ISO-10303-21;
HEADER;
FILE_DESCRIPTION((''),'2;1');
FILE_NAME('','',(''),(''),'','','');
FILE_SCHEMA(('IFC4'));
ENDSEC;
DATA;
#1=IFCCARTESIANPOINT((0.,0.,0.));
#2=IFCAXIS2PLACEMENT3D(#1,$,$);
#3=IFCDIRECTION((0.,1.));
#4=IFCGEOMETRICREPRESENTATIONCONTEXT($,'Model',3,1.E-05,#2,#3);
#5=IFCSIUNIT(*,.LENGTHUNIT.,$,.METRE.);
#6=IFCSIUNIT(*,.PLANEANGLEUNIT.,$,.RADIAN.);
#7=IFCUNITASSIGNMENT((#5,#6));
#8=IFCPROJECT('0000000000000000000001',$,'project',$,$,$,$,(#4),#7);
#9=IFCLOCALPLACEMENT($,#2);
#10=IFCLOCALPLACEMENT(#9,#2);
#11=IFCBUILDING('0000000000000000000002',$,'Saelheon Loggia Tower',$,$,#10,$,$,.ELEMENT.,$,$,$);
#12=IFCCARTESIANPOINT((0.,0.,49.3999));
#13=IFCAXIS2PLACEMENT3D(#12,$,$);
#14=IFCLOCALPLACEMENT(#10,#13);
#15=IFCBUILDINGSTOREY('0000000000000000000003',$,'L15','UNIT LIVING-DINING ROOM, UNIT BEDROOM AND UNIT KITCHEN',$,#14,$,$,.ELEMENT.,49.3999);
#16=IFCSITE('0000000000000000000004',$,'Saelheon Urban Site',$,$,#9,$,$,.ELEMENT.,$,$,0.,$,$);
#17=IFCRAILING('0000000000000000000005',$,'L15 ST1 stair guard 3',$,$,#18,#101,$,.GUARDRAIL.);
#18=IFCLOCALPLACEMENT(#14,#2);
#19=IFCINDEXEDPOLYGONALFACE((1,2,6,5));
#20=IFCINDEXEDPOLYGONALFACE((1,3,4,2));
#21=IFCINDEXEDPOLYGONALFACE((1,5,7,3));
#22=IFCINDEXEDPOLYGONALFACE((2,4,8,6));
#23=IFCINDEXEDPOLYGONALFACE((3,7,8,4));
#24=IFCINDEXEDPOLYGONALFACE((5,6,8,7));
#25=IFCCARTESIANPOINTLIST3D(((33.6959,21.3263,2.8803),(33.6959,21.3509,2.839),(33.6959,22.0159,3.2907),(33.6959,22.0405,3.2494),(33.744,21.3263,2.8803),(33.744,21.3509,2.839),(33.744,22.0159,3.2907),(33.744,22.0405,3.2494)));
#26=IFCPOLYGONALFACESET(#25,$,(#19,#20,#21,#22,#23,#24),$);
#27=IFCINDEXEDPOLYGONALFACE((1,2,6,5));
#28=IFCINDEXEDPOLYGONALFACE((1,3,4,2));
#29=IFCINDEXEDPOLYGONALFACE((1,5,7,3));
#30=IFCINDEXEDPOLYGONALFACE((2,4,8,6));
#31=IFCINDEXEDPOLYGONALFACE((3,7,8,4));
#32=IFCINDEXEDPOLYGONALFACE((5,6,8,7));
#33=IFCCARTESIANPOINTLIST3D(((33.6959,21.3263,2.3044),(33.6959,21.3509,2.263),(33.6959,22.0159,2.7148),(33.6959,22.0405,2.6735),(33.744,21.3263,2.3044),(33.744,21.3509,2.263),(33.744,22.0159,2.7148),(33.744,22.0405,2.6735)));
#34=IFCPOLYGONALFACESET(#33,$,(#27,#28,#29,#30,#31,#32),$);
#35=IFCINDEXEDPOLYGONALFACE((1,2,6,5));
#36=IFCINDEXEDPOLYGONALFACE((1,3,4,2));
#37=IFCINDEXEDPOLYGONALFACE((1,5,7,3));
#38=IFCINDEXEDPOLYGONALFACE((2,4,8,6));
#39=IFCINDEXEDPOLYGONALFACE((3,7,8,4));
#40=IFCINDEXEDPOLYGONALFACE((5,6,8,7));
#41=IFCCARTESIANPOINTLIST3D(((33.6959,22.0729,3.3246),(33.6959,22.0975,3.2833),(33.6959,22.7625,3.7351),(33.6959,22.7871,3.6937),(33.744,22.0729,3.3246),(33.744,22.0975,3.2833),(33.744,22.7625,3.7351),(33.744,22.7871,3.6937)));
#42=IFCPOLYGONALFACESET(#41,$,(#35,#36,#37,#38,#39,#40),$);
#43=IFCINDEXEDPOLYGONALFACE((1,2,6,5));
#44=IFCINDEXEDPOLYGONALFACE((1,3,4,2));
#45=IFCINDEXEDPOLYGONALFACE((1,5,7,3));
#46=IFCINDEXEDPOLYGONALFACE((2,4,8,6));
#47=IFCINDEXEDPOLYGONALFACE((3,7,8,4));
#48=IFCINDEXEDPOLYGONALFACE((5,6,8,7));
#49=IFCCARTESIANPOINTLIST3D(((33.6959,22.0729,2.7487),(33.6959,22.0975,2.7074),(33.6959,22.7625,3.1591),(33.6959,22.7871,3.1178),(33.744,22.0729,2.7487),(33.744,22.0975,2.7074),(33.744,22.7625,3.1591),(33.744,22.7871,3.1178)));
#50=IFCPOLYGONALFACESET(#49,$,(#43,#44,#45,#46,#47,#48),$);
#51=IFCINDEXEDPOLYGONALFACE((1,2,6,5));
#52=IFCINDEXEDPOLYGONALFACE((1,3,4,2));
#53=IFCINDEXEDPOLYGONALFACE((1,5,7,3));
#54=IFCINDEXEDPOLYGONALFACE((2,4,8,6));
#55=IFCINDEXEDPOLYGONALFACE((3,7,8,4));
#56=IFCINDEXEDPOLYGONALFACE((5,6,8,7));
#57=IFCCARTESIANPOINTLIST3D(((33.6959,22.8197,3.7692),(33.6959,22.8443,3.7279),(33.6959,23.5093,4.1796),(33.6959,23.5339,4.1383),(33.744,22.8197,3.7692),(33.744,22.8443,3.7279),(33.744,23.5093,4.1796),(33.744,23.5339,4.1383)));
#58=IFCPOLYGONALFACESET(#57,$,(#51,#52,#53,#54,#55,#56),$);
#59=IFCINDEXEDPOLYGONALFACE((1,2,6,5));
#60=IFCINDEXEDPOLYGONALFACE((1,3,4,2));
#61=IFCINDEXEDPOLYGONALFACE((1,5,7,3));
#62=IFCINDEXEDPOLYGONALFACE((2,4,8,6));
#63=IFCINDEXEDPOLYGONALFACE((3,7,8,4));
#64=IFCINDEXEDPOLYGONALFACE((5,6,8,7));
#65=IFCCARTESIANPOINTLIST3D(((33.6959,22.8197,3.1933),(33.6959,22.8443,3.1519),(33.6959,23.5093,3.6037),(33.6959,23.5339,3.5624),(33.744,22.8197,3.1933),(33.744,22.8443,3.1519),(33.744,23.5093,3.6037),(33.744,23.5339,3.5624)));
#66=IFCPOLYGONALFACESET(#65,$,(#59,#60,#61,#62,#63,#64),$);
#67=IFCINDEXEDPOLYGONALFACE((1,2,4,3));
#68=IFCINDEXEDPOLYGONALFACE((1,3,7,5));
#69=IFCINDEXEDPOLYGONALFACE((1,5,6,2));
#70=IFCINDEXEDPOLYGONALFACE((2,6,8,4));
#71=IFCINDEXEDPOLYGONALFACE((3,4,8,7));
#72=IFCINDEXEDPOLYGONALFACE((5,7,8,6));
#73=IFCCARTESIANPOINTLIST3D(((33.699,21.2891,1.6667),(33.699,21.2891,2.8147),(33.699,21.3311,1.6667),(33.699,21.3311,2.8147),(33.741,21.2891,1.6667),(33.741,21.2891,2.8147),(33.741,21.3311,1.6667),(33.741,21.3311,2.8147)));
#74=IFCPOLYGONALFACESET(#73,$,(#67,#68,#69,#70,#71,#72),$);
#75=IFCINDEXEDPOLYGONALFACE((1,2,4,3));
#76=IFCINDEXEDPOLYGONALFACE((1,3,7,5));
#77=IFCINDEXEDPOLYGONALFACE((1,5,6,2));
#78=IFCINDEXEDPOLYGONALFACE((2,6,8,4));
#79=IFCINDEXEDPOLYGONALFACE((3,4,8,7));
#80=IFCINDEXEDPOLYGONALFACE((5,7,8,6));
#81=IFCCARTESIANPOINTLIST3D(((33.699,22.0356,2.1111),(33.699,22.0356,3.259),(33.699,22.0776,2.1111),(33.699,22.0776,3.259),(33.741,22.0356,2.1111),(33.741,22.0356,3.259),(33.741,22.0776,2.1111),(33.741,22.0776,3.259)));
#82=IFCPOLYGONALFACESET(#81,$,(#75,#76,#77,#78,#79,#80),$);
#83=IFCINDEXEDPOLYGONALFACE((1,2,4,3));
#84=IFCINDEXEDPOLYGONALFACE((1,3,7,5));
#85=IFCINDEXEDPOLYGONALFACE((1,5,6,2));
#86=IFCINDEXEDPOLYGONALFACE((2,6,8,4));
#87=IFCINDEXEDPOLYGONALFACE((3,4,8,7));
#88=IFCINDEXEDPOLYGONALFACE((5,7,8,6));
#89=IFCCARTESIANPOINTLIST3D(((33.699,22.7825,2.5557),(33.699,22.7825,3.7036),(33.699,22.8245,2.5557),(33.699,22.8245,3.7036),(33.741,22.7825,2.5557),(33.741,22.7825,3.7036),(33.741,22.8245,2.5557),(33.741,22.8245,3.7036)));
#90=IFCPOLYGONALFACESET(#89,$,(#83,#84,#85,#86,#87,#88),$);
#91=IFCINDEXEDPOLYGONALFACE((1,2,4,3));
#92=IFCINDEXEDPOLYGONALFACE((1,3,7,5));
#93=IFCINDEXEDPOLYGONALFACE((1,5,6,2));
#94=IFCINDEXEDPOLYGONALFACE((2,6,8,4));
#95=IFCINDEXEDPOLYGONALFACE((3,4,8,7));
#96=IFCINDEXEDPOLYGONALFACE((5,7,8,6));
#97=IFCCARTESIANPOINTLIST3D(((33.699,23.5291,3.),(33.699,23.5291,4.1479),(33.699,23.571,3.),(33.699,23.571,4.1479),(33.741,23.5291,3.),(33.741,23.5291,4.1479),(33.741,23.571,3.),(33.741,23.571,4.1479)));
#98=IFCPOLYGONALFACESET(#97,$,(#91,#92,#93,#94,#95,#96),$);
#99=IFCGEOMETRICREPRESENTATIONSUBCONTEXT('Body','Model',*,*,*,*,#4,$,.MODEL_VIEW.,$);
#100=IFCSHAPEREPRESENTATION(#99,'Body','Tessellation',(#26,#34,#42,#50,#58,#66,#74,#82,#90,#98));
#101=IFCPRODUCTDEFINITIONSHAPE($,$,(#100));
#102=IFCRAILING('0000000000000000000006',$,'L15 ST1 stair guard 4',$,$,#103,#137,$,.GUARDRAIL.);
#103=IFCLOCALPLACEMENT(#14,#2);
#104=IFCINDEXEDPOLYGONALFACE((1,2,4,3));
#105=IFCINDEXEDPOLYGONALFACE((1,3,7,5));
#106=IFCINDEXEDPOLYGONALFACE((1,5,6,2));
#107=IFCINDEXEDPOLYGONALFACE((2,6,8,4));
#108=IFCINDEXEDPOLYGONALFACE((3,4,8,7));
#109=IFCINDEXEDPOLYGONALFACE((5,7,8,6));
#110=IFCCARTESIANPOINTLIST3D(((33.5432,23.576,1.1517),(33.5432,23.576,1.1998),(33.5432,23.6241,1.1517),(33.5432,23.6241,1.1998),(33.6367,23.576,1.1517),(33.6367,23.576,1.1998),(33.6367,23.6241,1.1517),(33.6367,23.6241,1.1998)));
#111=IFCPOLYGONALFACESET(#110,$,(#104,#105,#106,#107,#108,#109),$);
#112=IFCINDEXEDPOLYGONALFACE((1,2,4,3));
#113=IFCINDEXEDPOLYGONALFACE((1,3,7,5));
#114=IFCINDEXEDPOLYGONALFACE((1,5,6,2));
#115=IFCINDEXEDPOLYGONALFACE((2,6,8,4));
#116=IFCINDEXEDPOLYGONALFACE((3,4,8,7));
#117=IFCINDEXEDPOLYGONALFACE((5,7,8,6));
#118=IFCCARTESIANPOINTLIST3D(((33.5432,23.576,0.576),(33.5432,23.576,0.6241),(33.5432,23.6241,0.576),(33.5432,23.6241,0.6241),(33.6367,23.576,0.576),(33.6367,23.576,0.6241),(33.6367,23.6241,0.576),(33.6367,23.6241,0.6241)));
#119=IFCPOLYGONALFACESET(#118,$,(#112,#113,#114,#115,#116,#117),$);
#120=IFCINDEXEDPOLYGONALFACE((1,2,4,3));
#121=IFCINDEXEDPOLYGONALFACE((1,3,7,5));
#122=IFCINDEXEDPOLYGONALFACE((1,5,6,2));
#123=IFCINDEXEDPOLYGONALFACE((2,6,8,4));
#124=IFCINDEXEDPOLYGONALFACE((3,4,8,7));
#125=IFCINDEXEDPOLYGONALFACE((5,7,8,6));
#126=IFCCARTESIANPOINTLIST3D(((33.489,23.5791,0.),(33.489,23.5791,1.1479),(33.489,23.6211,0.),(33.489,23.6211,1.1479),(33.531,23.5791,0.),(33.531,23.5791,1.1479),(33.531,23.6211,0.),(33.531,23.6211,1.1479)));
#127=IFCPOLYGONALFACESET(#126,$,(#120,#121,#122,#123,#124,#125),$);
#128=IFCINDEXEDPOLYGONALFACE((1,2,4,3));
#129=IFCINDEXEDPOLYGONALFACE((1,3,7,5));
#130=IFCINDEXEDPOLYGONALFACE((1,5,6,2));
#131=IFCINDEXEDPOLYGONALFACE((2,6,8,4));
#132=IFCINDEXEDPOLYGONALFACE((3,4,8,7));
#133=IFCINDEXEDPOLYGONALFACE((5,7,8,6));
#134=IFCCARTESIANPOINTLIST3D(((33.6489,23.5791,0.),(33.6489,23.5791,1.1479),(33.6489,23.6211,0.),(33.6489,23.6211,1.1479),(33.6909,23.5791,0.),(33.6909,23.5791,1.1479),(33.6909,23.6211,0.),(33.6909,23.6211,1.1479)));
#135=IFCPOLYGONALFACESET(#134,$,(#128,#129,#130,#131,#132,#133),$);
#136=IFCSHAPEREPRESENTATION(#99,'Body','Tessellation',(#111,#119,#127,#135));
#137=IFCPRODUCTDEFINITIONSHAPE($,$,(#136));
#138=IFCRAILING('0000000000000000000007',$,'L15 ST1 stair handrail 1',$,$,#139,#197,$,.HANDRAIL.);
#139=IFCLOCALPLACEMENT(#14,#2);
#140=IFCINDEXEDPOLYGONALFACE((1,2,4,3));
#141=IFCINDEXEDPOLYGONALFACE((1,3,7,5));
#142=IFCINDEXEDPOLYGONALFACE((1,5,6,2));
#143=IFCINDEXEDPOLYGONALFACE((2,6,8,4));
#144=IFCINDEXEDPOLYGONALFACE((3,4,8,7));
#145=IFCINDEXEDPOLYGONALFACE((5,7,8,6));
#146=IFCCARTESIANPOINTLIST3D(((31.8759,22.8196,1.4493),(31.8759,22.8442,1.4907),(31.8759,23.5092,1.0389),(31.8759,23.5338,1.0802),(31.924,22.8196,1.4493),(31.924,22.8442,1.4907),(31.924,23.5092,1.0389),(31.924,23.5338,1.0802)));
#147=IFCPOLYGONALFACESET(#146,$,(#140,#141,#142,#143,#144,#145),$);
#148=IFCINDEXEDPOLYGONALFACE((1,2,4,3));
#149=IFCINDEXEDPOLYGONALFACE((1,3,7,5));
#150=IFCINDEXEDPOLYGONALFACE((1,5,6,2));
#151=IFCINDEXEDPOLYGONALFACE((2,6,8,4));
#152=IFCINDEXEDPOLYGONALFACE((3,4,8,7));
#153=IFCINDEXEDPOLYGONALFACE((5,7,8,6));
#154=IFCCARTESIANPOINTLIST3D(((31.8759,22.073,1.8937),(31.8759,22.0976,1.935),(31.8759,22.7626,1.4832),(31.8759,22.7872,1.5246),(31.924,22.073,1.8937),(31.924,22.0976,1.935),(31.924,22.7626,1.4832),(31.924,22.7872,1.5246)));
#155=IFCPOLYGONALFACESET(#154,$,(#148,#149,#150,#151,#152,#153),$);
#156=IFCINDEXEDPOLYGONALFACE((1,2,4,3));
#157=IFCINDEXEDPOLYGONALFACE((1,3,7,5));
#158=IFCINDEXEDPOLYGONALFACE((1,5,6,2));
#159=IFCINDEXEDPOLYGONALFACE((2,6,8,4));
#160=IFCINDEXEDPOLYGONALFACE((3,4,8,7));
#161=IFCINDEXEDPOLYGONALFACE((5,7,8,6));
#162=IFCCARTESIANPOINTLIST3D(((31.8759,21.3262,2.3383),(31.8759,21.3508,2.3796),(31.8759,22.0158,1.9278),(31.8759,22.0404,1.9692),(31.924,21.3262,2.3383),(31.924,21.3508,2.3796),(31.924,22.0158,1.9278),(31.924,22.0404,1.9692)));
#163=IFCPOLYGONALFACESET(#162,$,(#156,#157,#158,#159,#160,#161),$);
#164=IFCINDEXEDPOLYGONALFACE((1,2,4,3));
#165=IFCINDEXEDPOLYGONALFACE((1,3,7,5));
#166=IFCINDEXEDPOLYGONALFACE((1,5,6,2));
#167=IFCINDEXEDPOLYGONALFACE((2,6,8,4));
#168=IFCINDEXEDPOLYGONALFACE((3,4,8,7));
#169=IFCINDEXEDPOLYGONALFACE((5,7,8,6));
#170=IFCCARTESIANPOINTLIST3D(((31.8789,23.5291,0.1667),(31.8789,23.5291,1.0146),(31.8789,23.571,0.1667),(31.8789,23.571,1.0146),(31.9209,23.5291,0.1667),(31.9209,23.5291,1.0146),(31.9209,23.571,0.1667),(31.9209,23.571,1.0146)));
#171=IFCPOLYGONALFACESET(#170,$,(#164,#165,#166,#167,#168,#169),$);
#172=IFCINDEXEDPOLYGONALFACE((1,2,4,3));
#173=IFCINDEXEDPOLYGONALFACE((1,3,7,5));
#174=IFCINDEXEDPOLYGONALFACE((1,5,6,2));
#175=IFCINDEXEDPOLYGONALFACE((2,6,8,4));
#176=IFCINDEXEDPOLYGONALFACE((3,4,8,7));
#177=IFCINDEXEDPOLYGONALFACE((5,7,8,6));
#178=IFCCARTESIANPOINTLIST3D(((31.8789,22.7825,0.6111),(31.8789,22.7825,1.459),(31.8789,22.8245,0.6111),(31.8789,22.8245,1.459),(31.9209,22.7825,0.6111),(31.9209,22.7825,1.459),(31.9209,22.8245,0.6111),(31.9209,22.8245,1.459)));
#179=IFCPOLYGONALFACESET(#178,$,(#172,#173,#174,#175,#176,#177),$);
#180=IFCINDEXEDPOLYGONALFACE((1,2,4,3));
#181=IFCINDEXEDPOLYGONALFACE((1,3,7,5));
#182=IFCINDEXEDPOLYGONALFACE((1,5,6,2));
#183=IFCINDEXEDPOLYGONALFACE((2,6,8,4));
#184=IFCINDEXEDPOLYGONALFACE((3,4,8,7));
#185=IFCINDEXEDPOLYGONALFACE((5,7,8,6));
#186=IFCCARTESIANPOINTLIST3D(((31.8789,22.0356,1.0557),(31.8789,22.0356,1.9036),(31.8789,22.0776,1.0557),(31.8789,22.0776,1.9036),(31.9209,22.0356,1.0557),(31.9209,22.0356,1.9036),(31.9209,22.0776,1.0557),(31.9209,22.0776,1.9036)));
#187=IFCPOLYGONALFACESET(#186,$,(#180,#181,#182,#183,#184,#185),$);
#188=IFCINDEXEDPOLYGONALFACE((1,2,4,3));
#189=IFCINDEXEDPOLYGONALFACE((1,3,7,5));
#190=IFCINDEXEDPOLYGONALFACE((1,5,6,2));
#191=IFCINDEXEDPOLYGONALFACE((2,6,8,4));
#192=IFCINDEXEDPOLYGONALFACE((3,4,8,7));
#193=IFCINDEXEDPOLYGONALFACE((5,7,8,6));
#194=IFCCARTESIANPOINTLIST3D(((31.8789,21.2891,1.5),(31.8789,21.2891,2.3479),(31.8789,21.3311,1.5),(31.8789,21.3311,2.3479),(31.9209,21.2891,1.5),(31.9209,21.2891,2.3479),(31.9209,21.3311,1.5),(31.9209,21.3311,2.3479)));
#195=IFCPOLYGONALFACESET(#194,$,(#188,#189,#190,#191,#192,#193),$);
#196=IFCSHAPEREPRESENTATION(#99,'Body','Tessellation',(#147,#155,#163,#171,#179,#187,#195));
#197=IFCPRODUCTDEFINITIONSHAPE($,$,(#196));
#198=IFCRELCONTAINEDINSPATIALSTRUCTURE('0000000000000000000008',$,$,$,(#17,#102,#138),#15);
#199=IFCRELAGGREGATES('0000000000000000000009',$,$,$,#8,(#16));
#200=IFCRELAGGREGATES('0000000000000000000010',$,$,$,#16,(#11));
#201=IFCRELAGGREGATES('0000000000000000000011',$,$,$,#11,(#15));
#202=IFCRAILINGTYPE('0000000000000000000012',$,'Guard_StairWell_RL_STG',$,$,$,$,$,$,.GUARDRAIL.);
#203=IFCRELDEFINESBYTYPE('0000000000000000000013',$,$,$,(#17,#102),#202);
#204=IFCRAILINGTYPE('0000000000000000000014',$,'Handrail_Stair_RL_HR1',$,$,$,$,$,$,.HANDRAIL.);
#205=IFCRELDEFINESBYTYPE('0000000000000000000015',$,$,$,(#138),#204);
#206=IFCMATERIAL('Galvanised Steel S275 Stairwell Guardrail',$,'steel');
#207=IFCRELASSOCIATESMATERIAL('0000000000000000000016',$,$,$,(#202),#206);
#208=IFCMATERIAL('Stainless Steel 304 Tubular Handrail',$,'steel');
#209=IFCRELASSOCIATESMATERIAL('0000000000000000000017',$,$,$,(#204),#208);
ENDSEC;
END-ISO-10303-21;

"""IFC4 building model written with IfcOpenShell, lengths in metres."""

from ifc_helpers import new_model, si_unit, direction, frame, origin, origin_2d, place, context, subcontext, project, spatial, rectangle, extrude, material, type_object, element, save


model = new_model("IFC4")

# Units and contexts
model_context = context("Model", 3, precision=1e-05, world=origin(), true_north=direction((0.0, 1.0)))
body_context = subcontext(model_context, "Body", "Model", "MODEL_VIEW")
ifc_project = project(units=[si_unit("LENGTHUNIT", "METRE"), si_unit("PLANEANGLEUNIT", "RADIAN")], contexts=[model_context])

# Site, building, storey
site_placement = place(None, origin())
site = spatial("IfcSite", under=ifc_project, at=site_placement, Name="Saelheon Urban Site", CompositionType="ELEMENT", RefElevation=0.0)
building_placement = place(site_placement, origin())
building = spatial("IfcBuilding", under=site, at=building_placement, Name="Saelheon Loggia Tower", CompositionType="ELEMENT")
storey_placement = place(building_placement, frame((0.0, 0.0, 49.3999)))
storey = spatial("IfcBuildingStorey", under=building, at=storey_placement, Name="L15", Description="UNIT LIVING-DINING ROOM, UNIT BEDROOM AND UNIT KITCHEN", CompositionType="ELEMENT", Elevation=49.3999)

# Railings
ifc_material_1 = material(Name="Galvanised Steel S275 Stairwell Guardrail", Category="steel")
railing_type_1 = type_object("IfcRailingType", Name="Guard_StairWell_RL_STG", PredefinedType="GUARDRAIL", material=ifc_material_1)
railing_1_placement = place(storey_placement, frame((33.72, 21.3101, 1.6667)))
element("IfcRailing", 1, at=railing_1_placement, inside=storey, type_object=railing_type_1, Name="L15 ST1 stair guard 3", PredefinedType="GUARDRAIL", context=body_context, shape_type="SweptSolid", body=[
    extrude(rectangle(XDim=0.0481, YDim=0.0481, at=origin_2d()), frame((0.0, 0.0286, 1.1929), z_axis=(0.0, 0.859306, 0.511462), x_axis=(-1.0, 0.0, 0.0)), (0.0, 0.0, 1.0), 0.8025),
    extrude(rectangle(XDim=0.0481, YDim=0.0481, at=origin_2d()), frame((0.0, 0.0286, 0.6169), z_axis=(0.0, 0.859306, 0.511462), x_axis=(-1.0, 0.0, 0.0)), (0.0, 0.0, 1.0), 0.8025),
    extrude(rectangle(XDim=0.0481, YDim=0.0481, at=origin_2d()), frame((0.0, 0.7751, 1.6372), z_axis=(0.0, 0.859306, 0.511462), x_axis=(-1.0, 0.0, 0.0)), (0.0, 0.0, 1.0), 0.8025),
    extrude(rectangle(XDim=0.0481, YDim=0.0481, at=origin_2d()), frame((0.0, 0.7751, 1.0613), z_axis=(0.0, 0.859306, 0.511462), x_axis=(-1.0, 0.0, 0.0)), (0.0, 0.0, 1.0), 0.8025),
    extrude(rectangle(XDim=0.0481, YDim=0.0481, at=origin_2d()), frame((0.0, 1.522, 2.0818), z_axis=(0.0, 0.859306, 0.511462), x_axis=(-1.0, 0.0, 0.0)), (0.0, 0.0, 1.0), 0.8025),
    extrude(rectangle(XDim=0.0481, YDim=0.0481, at=origin_2d()), frame((0.0, 1.522, 1.5059), z_axis=(0.0, 0.859306, 0.511462), x_axis=(-1.0, 0.0, 0.0)), (0.0, 0.0, 1.0), 0.8025),
    extrude(rectangle(XDim=0.042, YDim=0.042, at=origin_2d()), origin(), (0.0, 0.0, 1.0), 1.1479),
    extrude(rectangle(XDim=0.042, YDim=0.042, at=origin_2d()), frame((0.0, 0.7466, 0.4443)), (0.0, 0.0, 1.0), 1.1479),
    extrude(rectangle(XDim=0.042, YDim=0.042, at=origin_2d()), frame((0.0, 1.4934, 0.8889)), (0.0, 0.0, 1.0), 1.1479),
    extrude(rectangle(XDim=0.042, YDim=0.042, at=origin_2d()), frame((0.0, 2.24, 1.3333)), (0.0, 0.0, 1.0), 1.1479),
])
railing_2_placement = place(storey_placement, frame((33.51, 23.6001, 0.0)))
element("IfcRailing", 2, at=railing_2_placement, inside=storey, type_object=railing_type_1, Name="L15 ST1 stair guard 4", PredefinedType="GUARDRAIL", context=body_context, shape_type="SweptSolid", body=[
    extrude(rectangle(XDim=0.0481, YDim=0.0481, at=origin_2d()), frame((0.0332, 0.0, 1.1758), z_axis=(1.0, 0.0, 0.0), x_axis=(0.0, 1.0, 0.0)), (0.0, 0.0, 1.0), 0.0935),
    extrude(rectangle(XDim=0.0481, YDim=0.0481, at=origin_2d()), frame((0.0332, 0.0, 0.6001), z_axis=(1.0, 0.0, 0.0), x_axis=(0.0, 1.0, 0.0)), (0.0, 0.0, 1.0), 0.0935),
    extrude(rectangle(XDim=0.042, YDim=0.042, at=origin_2d()), origin(), (0.0, 0.0, 1.0), 1.1479),
    extrude(rectangle(XDim=0.042, YDim=0.042, at=origin_2d()), frame((0.1599, 0.0, 0.0)), (0.0, 0.0, 1.0), 1.1479),
])
ifc_material_2 = material(Name="Stainless Steel 304 Tubular Handrail", Category="steel")
railing_type_2 = type_object("IfcRailingType", Name="Handrail_Stair_RL_HR1", PredefinedType="HANDRAIL", material=ifc_material_2)
railing_3_placement = place(storey_placement, frame((31.8999, 23.55, 0.1667)))
element("IfcRailing", 3, at=railing_3_placement, inside=storey, type_object=railing_type_2, Name="L15 ST1 stair handrail 1", PredefinedType="HANDRAIL", context=body_context, shape_type="SweptSolid", body=[
    extrude(rectangle(XDim=0.0481, YDim=0.0481, at=origin_2d()), frame((0.0, -0.0286, 0.8928), z_axis=(0.0, -0.859306, 0.511462), x_axis=(1.0, 0.0, 0.0)), (0.0, 0.0, 1.0), 0.8025),
    extrude(rectangle(XDim=0.0481, YDim=0.0481, at=origin_2d()), frame((0.0, -0.7751, 1.3372), z_axis=(0.0, -0.859306, 0.511462), x_axis=(1.0, 0.0, 0.0)), (0.0, 0.0, 1.0), 0.8025),
    extrude(rectangle(XDim=0.0481, YDim=0.0481, at=origin_2d()), frame((0.0, -1.522, 1.7817), z_axis=(0.0, -0.859306, 0.511462), x_axis=(1.0, 0.0, 0.0)), (0.0, 0.0, 1.0), 0.8025),
    extrude(rectangle(XDim=0.042, YDim=0.042, at=origin_2d()), origin(), (0.0, 0.0, 1.0), 0.8479),
    extrude(rectangle(XDim=0.042, YDim=0.042, at=origin_2d()), frame((0.0, -0.7466, 0.4443)), (0.0, 0.0, 1.0), 0.8479),
    extrude(rectangle(XDim=0.042, YDim=0.042, at=origin_2d()), frame((0.0, -1.4934, 0.8889)), (0.0, 0.0, 1.0), 0.8479),
    extrude(rectangle(XDim=0.042, YDim=0.042, at=origin_2d()), frame((0.0, -2.24, 1.3333)), (0.0, 0.0, 1.0), 0.8479),
])

save(model, "model.ifc")
